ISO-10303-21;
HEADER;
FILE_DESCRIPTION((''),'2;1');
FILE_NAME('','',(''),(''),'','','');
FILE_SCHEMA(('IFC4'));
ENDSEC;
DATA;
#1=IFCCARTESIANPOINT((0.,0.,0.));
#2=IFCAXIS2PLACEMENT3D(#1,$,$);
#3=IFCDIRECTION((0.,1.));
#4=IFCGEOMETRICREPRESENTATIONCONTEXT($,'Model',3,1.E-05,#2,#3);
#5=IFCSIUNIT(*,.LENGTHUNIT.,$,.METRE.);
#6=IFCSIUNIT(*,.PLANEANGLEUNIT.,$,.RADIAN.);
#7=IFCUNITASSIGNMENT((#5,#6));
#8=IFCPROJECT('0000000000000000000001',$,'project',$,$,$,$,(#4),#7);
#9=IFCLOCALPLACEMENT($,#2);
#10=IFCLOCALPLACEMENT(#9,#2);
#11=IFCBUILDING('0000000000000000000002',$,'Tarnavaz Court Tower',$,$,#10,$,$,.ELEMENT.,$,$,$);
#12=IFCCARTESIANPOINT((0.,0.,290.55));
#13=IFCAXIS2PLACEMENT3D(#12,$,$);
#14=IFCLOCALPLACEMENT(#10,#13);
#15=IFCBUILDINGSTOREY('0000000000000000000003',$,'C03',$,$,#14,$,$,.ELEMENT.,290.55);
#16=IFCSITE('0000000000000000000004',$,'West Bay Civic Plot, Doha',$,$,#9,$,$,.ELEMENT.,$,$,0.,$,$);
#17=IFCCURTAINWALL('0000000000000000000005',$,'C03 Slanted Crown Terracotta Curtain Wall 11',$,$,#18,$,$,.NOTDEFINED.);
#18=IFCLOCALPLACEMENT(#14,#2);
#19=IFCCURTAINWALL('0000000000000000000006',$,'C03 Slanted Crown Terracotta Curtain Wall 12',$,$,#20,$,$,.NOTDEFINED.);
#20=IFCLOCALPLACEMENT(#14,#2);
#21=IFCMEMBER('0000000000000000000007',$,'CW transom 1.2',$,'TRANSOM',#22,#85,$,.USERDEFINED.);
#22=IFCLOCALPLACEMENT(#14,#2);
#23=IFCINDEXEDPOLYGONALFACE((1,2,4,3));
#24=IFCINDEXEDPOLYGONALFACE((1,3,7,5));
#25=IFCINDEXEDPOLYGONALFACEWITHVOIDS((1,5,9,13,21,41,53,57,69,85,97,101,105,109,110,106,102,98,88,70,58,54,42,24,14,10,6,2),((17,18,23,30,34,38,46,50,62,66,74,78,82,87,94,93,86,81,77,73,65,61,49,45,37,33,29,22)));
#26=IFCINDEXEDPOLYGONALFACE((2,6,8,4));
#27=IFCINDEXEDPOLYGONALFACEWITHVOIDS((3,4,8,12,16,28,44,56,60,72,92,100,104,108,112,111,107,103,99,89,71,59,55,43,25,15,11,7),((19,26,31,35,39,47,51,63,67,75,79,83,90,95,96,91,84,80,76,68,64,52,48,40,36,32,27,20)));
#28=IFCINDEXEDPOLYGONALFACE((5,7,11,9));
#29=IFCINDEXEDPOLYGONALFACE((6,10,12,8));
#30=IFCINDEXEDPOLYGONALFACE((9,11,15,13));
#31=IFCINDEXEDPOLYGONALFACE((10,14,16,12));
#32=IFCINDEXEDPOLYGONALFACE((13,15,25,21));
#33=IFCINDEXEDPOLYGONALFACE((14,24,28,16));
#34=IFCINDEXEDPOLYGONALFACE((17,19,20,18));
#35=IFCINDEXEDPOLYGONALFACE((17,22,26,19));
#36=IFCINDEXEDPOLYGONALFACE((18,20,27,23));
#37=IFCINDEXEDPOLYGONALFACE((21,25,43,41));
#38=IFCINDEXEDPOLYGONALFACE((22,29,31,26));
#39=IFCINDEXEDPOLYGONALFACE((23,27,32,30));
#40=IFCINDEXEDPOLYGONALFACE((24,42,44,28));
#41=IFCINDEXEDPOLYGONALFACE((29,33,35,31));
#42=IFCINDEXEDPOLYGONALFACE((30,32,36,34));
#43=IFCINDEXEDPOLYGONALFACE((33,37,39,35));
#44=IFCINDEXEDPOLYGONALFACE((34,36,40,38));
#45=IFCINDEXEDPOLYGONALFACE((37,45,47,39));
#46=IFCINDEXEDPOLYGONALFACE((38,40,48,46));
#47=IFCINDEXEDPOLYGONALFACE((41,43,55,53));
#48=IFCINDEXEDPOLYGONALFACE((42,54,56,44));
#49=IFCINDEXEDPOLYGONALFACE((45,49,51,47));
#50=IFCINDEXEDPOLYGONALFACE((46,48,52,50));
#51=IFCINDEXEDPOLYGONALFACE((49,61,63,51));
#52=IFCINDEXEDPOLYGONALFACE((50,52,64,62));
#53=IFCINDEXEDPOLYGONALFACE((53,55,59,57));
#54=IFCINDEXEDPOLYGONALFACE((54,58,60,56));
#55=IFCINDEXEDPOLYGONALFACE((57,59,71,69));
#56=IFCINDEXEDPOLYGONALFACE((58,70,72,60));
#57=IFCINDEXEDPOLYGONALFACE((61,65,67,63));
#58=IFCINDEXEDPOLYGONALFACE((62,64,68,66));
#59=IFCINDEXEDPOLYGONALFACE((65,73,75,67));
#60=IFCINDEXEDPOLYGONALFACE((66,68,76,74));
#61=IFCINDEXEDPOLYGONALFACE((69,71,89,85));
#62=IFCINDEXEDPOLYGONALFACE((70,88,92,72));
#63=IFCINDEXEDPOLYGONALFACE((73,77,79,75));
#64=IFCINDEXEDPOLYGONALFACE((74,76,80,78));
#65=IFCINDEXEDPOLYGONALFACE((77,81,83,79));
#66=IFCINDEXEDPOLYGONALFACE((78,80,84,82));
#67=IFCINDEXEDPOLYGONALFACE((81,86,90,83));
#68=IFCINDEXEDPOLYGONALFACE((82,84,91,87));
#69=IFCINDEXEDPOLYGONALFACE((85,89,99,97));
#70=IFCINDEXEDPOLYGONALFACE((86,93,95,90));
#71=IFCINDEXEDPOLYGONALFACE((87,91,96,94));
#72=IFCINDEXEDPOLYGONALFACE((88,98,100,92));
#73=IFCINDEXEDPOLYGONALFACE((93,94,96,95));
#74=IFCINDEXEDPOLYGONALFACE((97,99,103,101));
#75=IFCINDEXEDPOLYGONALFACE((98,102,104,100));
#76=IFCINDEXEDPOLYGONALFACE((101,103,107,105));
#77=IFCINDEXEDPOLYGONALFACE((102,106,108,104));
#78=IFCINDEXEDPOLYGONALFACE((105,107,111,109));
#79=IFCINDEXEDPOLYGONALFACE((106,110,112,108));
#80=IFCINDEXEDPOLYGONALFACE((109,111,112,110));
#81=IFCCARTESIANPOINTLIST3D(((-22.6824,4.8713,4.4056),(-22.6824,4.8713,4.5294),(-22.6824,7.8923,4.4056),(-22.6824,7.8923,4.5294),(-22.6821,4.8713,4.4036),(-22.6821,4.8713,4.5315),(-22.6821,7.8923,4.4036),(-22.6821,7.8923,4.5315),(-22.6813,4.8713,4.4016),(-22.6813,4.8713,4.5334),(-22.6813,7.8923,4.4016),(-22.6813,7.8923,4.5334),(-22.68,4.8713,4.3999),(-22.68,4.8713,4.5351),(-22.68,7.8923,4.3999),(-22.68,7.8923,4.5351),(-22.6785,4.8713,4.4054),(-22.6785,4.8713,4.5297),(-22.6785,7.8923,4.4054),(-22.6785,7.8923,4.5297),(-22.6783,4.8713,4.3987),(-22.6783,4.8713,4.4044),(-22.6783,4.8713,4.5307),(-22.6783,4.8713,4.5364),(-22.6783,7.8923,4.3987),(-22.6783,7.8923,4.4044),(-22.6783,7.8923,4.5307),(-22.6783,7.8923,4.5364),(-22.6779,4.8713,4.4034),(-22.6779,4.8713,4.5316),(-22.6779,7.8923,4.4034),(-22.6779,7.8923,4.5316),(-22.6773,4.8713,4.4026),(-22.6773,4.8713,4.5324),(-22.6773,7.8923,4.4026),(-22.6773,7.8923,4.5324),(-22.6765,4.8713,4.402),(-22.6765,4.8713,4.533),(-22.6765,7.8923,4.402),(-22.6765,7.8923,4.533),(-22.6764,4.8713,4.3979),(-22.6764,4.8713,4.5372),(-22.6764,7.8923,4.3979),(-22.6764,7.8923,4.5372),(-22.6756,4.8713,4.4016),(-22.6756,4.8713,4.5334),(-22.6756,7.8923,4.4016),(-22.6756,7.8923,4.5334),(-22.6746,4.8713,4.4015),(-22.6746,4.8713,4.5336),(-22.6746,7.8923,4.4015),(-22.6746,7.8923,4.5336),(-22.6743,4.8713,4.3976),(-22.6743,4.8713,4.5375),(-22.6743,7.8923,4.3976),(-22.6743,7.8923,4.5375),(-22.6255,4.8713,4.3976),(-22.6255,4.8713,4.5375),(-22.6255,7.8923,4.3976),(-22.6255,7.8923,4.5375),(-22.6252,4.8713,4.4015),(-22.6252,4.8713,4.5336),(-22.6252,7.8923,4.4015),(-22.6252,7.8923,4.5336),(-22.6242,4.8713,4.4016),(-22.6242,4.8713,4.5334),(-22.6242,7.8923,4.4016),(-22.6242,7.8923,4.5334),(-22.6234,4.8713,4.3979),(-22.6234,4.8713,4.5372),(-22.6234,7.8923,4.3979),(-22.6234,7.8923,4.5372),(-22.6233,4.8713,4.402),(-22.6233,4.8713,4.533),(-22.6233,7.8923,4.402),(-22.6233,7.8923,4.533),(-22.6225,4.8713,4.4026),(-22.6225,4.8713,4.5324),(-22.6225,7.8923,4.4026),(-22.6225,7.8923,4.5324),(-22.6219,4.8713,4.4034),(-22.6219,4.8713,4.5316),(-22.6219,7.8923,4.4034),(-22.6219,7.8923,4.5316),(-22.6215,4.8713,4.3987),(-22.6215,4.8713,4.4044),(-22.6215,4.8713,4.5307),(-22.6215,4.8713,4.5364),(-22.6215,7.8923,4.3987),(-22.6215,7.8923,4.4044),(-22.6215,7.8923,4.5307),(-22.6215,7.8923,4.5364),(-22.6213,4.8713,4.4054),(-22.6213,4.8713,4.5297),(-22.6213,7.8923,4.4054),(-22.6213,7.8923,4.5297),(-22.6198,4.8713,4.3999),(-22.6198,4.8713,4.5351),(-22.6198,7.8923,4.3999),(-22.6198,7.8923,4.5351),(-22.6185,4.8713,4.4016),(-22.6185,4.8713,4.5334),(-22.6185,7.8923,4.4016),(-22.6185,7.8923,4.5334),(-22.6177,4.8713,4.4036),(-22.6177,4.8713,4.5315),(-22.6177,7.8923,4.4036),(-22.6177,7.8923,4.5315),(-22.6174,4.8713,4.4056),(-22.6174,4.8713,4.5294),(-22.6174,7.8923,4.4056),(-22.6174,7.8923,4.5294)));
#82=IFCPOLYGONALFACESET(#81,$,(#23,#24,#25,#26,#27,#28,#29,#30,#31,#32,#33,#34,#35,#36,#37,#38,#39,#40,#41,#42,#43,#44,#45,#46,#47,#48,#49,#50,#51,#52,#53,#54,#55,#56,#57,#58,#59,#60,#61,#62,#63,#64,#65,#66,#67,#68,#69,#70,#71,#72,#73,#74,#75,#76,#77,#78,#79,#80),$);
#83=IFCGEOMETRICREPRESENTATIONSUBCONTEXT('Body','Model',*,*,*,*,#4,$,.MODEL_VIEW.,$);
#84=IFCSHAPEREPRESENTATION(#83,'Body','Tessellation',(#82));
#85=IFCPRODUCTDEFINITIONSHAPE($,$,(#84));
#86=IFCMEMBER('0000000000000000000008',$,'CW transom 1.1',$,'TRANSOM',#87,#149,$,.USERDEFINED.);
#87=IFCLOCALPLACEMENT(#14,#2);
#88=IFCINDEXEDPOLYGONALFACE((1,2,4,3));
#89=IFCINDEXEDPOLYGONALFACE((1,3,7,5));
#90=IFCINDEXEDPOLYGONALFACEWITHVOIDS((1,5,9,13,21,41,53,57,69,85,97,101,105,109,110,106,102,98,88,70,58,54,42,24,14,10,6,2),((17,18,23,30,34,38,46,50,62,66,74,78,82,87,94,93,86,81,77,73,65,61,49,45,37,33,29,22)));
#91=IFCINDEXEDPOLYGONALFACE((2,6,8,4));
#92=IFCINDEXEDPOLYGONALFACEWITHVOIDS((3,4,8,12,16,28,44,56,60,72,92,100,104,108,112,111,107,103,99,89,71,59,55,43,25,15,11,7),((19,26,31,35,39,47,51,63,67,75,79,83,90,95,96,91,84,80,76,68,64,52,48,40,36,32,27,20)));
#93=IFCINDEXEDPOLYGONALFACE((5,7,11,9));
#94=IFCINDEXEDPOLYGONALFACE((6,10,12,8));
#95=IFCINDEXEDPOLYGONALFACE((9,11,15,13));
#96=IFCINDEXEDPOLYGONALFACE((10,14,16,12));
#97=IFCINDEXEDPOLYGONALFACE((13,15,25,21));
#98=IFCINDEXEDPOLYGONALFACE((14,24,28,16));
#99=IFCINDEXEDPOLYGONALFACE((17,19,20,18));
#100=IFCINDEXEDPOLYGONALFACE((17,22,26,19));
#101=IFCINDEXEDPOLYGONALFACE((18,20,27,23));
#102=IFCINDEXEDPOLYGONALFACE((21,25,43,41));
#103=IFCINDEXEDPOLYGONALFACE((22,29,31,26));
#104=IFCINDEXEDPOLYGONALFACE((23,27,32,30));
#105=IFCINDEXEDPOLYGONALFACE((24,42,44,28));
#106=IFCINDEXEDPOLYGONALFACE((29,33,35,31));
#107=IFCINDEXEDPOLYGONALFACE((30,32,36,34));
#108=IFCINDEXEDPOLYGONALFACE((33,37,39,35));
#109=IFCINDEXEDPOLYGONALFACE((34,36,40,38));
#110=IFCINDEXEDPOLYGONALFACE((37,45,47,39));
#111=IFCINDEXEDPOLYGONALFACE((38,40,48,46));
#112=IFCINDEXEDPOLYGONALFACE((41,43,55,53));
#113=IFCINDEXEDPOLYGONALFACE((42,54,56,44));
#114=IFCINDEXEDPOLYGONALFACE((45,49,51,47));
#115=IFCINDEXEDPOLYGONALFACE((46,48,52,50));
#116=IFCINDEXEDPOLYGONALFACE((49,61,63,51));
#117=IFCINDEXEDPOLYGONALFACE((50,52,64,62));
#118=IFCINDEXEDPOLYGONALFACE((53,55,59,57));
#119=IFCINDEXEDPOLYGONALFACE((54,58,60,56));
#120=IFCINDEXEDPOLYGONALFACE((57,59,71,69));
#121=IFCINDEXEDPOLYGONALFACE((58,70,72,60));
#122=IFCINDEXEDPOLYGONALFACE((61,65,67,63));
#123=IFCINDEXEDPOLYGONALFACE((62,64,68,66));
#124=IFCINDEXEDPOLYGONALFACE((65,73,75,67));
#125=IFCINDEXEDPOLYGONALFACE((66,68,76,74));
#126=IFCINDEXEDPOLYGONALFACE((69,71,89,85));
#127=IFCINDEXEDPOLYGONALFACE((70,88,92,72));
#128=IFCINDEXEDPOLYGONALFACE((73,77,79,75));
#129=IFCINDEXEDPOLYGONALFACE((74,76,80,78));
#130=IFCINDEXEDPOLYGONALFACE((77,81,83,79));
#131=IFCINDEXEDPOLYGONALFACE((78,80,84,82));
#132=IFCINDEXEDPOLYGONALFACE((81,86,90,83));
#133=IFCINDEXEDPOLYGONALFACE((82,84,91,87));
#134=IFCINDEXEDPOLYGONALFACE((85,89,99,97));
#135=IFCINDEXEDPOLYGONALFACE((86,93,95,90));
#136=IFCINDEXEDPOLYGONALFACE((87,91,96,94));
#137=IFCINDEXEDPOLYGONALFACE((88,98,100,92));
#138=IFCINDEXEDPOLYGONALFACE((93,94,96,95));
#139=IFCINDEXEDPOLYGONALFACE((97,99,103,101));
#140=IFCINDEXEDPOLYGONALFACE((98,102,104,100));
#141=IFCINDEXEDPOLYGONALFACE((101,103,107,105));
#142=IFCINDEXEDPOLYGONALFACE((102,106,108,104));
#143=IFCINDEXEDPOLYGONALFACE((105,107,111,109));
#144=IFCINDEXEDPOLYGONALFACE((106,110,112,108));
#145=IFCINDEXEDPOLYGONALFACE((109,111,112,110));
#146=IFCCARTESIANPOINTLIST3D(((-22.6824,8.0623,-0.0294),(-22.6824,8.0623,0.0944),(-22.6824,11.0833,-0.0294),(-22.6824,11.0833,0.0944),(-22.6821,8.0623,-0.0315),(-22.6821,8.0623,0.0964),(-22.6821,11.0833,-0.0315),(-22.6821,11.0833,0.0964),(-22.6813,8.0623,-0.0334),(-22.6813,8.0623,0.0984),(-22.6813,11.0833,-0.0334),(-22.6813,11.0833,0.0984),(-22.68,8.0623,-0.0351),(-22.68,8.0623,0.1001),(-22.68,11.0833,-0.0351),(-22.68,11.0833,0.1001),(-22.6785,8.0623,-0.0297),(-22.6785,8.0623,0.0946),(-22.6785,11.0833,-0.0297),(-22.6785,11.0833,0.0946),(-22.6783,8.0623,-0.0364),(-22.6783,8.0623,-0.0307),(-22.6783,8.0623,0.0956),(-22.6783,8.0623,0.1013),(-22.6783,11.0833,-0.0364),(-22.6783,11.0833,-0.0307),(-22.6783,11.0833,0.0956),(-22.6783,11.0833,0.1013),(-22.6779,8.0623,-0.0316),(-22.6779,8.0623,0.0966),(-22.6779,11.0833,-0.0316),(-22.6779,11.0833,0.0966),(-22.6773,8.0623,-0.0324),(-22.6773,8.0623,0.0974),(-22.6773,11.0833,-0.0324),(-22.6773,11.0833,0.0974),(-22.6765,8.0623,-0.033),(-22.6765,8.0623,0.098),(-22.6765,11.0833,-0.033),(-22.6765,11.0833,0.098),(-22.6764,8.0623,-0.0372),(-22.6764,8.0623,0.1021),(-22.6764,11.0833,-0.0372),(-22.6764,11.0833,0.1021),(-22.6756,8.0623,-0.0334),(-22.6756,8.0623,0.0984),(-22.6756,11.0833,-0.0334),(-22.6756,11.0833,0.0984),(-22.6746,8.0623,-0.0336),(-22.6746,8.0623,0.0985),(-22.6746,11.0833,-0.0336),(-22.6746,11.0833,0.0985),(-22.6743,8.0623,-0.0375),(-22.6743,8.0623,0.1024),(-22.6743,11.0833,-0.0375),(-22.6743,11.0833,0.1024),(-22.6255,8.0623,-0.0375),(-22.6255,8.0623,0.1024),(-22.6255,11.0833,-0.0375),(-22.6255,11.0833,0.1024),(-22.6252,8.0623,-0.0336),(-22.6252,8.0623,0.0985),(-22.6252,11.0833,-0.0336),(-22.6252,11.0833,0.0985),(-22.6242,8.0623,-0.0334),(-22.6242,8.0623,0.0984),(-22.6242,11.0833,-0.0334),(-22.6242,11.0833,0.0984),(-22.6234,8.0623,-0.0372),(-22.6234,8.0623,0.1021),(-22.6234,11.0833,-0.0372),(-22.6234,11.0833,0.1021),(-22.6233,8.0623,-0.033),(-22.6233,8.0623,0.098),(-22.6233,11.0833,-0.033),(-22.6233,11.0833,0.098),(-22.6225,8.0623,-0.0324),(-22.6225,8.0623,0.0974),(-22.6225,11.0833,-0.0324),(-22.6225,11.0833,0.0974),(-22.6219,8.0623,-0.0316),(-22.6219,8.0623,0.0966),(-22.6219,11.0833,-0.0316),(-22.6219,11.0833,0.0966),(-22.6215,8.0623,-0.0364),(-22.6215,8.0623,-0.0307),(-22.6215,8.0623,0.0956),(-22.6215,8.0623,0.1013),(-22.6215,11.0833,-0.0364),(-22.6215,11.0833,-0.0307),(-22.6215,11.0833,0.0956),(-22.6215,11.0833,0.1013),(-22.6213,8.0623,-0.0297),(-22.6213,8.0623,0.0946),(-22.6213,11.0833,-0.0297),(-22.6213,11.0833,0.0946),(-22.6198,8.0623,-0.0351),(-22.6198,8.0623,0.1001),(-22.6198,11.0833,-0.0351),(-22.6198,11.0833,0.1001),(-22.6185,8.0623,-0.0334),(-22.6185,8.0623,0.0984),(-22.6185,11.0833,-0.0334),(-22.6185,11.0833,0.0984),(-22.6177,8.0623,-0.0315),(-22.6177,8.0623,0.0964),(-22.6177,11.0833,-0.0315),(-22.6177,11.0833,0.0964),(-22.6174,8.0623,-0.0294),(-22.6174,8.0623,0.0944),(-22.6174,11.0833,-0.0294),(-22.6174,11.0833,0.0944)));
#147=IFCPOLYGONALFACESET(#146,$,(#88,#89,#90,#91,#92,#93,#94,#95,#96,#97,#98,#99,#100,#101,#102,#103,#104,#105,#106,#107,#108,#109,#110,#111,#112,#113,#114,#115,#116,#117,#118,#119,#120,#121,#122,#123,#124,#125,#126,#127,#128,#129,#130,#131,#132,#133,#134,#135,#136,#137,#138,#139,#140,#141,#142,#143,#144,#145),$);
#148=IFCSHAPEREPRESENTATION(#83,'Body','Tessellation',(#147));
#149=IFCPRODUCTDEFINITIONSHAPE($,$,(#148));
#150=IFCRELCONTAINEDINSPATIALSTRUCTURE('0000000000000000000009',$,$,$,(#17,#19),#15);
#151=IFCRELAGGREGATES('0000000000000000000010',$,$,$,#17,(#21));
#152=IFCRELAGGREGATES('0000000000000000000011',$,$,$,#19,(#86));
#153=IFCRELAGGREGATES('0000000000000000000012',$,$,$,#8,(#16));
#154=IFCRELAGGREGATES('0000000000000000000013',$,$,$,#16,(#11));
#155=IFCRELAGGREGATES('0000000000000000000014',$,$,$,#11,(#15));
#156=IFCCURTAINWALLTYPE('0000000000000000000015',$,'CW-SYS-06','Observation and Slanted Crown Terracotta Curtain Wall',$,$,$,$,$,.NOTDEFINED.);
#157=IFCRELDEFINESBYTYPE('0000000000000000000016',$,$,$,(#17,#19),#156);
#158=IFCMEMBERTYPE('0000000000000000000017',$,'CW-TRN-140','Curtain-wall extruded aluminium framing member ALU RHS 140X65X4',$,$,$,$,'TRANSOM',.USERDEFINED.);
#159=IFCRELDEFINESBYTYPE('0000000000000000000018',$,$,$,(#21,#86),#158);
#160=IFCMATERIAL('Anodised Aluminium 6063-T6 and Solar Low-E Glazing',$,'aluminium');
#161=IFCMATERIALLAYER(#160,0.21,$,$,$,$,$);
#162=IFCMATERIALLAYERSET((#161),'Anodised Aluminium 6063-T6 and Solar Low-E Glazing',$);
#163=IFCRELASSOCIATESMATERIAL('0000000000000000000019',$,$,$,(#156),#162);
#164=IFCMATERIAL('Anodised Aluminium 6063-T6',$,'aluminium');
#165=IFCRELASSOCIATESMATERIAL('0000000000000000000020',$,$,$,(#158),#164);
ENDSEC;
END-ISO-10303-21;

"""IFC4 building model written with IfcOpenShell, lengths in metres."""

from ifc_helpers import new_model, si_unit, direction, frame, origin, origin_2d, place, context, subcontext, project, spatial, hollow_rectangle, extrude, material, layer, layer_set, material_profile, profile_set, type_object, element, aggregate, save


model = new_model("IFC4")

# Units and contexts
model_context = context("Model", 3, precision=1e-05, world=origin(), true_north=direction((0.0, 1.0)))
body_context = subcontext(model_context, "Body", "Model", "MODEL_VIEW")
ifc_project = project(units=[si_unit("LENGTHUNIT", "METRE"), si_unit("PLANEANGLEUNIT", "RADIAN")], contexts=[model_context])

# Site, building, storey
site_placement = place(None, origin())
site = spatial("IfcSite", under=ifc_project, at=site_placement, Name="West Bay Civic Plot, Doha", CompositionType="ELEMENT", RefElevation=0.0)
building_placement = place(site_placement, origin())
building = spatial("IfcBuilding", under=site, at=building_placement, Name="Tarnavaz Court Tower", CompositionType="ELEMENT")
storey_placement = place(building_placement, frame((0.0, 0.0, 290.55)))
storey = spatial("IfcBuildingStorey", under=building, at=storey_placement, Name="C03", CompositionType="ELEMENT", Elevation=290.55)

# Shared definitions
ifc_material_1 = material(Name="Anodised Aluminium 6063-T6 and Solar Low-E Glazing", Category="aluminium")
ifc_layer_1 = layer(ifc_material_1, 0.21)
ifc_layer_set_1 = layer_set([ifc_layer_1], Name="Anodised Aluminium 6063-T6 and Solar Low-E Glazing")
curtain_wall_type = type_object("IfcCurtainWallType", Name="CW-SYS-06", Description="Observation and Slanted Crown Terracotta Curtain Wall", PredefinedType="NOTDEFINED", material=ifc_layer_set_1)
ifc_material_2 = material(Name="Anodised Aluminium 6063-T6", Category="aluminium")

# Curtain walls
curtain_wall_1_placement = place(storey_placement, origin())
curtain_wall_1 = element("IfcCurtainWall", 1, at=curtain_wall_1_placement, inside=storey, type_object=curtain_wall_type, Name="C03 Slanted Crown Terracotta Curtain Wall 11", PredefinedType="NOTDEFINED")
curtain_wall_2_placement = place(storey_placement, origin())
curtain_wall_2 = element("IfcCurtainWall", 2, at=curtain_wall_2_placement, inside=storey, type_object=curtain_wall_type, Name="C03 Slanted Crown Terracotta Curtain Wall 12", PredefinedType="NOTDEFINED")

# Members
ifc_material_profile_1 = material_profile(ifc_material_2, hollow_rectangle(XDim=0.0649, YDim=0.1399, WallThickness=0.0039, InnerFilletRadius=0.0039, OuterFilletRadius=0.0081, at=origin_2d()), Name="ALU RHS 140X65X4")
ifc_profile_set_1 = profile_set([ifc_material_profile_1], Name="Anodised Aluminium 6063-T6")
member_type_1 = type_object("IfcMemberType", Name="CW-TRN-140", Description="Curtain-wall extruded aluminium framing member ALU RHS 140X65X4", ElementType="TRANSOM", PredefinedType="USERDEFINED", material=ifc_profile_set_1)
member_1_placement = place(storey_placement, frame((-22.6499, 4.8713, 4.4675), z_axis=(0.0, 1.0, 0.0), x_axis=(-1.0, 0.0, 0.0)))
member_1 = element("IfcMember", 3, at=member_1_placement, type_object=member_type_1, Name="CW transom 1.2", ObjectType="TRANSOM", PredefinedType="USERDEFINED", context=body_context, shape_type="SweptSolid", body=[
    extrude(hollow_rectangle(XDim=0.0649, YDim=0.1399, WallThickness=0.0039, InnerFilletRadius=0.0039, OuterFilletRadius=0.0081, at=origin_2d()), origin(), (0.0, 0.0, 1.0), 3.021),
])
member_2_placement = place(storey_placement, frame((-22.6499, 8.0623, 0.0325), z_axis=(0.0, 1.0, 0.0), x_axis=(-1.0, 0.0, 0.0)))
member_2 = element("IfcMember", 4, at=member_2_placement, type_object=member_type_1, Name="CW transom 1.1", ObjectType="TRANSOM", PredefinedType="USERDEFINED", context=body_context, shape_type="SweptSolid", body=[
    extrude(hollow_rectangle(XDim=0.0649, YDim=0.1399, WallThickness=0.0039, InnerFilletRadius=0.0039, OuterFilletRadius=0.0081, at=origin_2d()), origin(), (0.0, 0.0, 1.0), 3.021),
])

aggregate(curtain_wall_1, [member_1])
aggregate(curtain_wall_2, [member_2])

save(model, "model.ifc")
